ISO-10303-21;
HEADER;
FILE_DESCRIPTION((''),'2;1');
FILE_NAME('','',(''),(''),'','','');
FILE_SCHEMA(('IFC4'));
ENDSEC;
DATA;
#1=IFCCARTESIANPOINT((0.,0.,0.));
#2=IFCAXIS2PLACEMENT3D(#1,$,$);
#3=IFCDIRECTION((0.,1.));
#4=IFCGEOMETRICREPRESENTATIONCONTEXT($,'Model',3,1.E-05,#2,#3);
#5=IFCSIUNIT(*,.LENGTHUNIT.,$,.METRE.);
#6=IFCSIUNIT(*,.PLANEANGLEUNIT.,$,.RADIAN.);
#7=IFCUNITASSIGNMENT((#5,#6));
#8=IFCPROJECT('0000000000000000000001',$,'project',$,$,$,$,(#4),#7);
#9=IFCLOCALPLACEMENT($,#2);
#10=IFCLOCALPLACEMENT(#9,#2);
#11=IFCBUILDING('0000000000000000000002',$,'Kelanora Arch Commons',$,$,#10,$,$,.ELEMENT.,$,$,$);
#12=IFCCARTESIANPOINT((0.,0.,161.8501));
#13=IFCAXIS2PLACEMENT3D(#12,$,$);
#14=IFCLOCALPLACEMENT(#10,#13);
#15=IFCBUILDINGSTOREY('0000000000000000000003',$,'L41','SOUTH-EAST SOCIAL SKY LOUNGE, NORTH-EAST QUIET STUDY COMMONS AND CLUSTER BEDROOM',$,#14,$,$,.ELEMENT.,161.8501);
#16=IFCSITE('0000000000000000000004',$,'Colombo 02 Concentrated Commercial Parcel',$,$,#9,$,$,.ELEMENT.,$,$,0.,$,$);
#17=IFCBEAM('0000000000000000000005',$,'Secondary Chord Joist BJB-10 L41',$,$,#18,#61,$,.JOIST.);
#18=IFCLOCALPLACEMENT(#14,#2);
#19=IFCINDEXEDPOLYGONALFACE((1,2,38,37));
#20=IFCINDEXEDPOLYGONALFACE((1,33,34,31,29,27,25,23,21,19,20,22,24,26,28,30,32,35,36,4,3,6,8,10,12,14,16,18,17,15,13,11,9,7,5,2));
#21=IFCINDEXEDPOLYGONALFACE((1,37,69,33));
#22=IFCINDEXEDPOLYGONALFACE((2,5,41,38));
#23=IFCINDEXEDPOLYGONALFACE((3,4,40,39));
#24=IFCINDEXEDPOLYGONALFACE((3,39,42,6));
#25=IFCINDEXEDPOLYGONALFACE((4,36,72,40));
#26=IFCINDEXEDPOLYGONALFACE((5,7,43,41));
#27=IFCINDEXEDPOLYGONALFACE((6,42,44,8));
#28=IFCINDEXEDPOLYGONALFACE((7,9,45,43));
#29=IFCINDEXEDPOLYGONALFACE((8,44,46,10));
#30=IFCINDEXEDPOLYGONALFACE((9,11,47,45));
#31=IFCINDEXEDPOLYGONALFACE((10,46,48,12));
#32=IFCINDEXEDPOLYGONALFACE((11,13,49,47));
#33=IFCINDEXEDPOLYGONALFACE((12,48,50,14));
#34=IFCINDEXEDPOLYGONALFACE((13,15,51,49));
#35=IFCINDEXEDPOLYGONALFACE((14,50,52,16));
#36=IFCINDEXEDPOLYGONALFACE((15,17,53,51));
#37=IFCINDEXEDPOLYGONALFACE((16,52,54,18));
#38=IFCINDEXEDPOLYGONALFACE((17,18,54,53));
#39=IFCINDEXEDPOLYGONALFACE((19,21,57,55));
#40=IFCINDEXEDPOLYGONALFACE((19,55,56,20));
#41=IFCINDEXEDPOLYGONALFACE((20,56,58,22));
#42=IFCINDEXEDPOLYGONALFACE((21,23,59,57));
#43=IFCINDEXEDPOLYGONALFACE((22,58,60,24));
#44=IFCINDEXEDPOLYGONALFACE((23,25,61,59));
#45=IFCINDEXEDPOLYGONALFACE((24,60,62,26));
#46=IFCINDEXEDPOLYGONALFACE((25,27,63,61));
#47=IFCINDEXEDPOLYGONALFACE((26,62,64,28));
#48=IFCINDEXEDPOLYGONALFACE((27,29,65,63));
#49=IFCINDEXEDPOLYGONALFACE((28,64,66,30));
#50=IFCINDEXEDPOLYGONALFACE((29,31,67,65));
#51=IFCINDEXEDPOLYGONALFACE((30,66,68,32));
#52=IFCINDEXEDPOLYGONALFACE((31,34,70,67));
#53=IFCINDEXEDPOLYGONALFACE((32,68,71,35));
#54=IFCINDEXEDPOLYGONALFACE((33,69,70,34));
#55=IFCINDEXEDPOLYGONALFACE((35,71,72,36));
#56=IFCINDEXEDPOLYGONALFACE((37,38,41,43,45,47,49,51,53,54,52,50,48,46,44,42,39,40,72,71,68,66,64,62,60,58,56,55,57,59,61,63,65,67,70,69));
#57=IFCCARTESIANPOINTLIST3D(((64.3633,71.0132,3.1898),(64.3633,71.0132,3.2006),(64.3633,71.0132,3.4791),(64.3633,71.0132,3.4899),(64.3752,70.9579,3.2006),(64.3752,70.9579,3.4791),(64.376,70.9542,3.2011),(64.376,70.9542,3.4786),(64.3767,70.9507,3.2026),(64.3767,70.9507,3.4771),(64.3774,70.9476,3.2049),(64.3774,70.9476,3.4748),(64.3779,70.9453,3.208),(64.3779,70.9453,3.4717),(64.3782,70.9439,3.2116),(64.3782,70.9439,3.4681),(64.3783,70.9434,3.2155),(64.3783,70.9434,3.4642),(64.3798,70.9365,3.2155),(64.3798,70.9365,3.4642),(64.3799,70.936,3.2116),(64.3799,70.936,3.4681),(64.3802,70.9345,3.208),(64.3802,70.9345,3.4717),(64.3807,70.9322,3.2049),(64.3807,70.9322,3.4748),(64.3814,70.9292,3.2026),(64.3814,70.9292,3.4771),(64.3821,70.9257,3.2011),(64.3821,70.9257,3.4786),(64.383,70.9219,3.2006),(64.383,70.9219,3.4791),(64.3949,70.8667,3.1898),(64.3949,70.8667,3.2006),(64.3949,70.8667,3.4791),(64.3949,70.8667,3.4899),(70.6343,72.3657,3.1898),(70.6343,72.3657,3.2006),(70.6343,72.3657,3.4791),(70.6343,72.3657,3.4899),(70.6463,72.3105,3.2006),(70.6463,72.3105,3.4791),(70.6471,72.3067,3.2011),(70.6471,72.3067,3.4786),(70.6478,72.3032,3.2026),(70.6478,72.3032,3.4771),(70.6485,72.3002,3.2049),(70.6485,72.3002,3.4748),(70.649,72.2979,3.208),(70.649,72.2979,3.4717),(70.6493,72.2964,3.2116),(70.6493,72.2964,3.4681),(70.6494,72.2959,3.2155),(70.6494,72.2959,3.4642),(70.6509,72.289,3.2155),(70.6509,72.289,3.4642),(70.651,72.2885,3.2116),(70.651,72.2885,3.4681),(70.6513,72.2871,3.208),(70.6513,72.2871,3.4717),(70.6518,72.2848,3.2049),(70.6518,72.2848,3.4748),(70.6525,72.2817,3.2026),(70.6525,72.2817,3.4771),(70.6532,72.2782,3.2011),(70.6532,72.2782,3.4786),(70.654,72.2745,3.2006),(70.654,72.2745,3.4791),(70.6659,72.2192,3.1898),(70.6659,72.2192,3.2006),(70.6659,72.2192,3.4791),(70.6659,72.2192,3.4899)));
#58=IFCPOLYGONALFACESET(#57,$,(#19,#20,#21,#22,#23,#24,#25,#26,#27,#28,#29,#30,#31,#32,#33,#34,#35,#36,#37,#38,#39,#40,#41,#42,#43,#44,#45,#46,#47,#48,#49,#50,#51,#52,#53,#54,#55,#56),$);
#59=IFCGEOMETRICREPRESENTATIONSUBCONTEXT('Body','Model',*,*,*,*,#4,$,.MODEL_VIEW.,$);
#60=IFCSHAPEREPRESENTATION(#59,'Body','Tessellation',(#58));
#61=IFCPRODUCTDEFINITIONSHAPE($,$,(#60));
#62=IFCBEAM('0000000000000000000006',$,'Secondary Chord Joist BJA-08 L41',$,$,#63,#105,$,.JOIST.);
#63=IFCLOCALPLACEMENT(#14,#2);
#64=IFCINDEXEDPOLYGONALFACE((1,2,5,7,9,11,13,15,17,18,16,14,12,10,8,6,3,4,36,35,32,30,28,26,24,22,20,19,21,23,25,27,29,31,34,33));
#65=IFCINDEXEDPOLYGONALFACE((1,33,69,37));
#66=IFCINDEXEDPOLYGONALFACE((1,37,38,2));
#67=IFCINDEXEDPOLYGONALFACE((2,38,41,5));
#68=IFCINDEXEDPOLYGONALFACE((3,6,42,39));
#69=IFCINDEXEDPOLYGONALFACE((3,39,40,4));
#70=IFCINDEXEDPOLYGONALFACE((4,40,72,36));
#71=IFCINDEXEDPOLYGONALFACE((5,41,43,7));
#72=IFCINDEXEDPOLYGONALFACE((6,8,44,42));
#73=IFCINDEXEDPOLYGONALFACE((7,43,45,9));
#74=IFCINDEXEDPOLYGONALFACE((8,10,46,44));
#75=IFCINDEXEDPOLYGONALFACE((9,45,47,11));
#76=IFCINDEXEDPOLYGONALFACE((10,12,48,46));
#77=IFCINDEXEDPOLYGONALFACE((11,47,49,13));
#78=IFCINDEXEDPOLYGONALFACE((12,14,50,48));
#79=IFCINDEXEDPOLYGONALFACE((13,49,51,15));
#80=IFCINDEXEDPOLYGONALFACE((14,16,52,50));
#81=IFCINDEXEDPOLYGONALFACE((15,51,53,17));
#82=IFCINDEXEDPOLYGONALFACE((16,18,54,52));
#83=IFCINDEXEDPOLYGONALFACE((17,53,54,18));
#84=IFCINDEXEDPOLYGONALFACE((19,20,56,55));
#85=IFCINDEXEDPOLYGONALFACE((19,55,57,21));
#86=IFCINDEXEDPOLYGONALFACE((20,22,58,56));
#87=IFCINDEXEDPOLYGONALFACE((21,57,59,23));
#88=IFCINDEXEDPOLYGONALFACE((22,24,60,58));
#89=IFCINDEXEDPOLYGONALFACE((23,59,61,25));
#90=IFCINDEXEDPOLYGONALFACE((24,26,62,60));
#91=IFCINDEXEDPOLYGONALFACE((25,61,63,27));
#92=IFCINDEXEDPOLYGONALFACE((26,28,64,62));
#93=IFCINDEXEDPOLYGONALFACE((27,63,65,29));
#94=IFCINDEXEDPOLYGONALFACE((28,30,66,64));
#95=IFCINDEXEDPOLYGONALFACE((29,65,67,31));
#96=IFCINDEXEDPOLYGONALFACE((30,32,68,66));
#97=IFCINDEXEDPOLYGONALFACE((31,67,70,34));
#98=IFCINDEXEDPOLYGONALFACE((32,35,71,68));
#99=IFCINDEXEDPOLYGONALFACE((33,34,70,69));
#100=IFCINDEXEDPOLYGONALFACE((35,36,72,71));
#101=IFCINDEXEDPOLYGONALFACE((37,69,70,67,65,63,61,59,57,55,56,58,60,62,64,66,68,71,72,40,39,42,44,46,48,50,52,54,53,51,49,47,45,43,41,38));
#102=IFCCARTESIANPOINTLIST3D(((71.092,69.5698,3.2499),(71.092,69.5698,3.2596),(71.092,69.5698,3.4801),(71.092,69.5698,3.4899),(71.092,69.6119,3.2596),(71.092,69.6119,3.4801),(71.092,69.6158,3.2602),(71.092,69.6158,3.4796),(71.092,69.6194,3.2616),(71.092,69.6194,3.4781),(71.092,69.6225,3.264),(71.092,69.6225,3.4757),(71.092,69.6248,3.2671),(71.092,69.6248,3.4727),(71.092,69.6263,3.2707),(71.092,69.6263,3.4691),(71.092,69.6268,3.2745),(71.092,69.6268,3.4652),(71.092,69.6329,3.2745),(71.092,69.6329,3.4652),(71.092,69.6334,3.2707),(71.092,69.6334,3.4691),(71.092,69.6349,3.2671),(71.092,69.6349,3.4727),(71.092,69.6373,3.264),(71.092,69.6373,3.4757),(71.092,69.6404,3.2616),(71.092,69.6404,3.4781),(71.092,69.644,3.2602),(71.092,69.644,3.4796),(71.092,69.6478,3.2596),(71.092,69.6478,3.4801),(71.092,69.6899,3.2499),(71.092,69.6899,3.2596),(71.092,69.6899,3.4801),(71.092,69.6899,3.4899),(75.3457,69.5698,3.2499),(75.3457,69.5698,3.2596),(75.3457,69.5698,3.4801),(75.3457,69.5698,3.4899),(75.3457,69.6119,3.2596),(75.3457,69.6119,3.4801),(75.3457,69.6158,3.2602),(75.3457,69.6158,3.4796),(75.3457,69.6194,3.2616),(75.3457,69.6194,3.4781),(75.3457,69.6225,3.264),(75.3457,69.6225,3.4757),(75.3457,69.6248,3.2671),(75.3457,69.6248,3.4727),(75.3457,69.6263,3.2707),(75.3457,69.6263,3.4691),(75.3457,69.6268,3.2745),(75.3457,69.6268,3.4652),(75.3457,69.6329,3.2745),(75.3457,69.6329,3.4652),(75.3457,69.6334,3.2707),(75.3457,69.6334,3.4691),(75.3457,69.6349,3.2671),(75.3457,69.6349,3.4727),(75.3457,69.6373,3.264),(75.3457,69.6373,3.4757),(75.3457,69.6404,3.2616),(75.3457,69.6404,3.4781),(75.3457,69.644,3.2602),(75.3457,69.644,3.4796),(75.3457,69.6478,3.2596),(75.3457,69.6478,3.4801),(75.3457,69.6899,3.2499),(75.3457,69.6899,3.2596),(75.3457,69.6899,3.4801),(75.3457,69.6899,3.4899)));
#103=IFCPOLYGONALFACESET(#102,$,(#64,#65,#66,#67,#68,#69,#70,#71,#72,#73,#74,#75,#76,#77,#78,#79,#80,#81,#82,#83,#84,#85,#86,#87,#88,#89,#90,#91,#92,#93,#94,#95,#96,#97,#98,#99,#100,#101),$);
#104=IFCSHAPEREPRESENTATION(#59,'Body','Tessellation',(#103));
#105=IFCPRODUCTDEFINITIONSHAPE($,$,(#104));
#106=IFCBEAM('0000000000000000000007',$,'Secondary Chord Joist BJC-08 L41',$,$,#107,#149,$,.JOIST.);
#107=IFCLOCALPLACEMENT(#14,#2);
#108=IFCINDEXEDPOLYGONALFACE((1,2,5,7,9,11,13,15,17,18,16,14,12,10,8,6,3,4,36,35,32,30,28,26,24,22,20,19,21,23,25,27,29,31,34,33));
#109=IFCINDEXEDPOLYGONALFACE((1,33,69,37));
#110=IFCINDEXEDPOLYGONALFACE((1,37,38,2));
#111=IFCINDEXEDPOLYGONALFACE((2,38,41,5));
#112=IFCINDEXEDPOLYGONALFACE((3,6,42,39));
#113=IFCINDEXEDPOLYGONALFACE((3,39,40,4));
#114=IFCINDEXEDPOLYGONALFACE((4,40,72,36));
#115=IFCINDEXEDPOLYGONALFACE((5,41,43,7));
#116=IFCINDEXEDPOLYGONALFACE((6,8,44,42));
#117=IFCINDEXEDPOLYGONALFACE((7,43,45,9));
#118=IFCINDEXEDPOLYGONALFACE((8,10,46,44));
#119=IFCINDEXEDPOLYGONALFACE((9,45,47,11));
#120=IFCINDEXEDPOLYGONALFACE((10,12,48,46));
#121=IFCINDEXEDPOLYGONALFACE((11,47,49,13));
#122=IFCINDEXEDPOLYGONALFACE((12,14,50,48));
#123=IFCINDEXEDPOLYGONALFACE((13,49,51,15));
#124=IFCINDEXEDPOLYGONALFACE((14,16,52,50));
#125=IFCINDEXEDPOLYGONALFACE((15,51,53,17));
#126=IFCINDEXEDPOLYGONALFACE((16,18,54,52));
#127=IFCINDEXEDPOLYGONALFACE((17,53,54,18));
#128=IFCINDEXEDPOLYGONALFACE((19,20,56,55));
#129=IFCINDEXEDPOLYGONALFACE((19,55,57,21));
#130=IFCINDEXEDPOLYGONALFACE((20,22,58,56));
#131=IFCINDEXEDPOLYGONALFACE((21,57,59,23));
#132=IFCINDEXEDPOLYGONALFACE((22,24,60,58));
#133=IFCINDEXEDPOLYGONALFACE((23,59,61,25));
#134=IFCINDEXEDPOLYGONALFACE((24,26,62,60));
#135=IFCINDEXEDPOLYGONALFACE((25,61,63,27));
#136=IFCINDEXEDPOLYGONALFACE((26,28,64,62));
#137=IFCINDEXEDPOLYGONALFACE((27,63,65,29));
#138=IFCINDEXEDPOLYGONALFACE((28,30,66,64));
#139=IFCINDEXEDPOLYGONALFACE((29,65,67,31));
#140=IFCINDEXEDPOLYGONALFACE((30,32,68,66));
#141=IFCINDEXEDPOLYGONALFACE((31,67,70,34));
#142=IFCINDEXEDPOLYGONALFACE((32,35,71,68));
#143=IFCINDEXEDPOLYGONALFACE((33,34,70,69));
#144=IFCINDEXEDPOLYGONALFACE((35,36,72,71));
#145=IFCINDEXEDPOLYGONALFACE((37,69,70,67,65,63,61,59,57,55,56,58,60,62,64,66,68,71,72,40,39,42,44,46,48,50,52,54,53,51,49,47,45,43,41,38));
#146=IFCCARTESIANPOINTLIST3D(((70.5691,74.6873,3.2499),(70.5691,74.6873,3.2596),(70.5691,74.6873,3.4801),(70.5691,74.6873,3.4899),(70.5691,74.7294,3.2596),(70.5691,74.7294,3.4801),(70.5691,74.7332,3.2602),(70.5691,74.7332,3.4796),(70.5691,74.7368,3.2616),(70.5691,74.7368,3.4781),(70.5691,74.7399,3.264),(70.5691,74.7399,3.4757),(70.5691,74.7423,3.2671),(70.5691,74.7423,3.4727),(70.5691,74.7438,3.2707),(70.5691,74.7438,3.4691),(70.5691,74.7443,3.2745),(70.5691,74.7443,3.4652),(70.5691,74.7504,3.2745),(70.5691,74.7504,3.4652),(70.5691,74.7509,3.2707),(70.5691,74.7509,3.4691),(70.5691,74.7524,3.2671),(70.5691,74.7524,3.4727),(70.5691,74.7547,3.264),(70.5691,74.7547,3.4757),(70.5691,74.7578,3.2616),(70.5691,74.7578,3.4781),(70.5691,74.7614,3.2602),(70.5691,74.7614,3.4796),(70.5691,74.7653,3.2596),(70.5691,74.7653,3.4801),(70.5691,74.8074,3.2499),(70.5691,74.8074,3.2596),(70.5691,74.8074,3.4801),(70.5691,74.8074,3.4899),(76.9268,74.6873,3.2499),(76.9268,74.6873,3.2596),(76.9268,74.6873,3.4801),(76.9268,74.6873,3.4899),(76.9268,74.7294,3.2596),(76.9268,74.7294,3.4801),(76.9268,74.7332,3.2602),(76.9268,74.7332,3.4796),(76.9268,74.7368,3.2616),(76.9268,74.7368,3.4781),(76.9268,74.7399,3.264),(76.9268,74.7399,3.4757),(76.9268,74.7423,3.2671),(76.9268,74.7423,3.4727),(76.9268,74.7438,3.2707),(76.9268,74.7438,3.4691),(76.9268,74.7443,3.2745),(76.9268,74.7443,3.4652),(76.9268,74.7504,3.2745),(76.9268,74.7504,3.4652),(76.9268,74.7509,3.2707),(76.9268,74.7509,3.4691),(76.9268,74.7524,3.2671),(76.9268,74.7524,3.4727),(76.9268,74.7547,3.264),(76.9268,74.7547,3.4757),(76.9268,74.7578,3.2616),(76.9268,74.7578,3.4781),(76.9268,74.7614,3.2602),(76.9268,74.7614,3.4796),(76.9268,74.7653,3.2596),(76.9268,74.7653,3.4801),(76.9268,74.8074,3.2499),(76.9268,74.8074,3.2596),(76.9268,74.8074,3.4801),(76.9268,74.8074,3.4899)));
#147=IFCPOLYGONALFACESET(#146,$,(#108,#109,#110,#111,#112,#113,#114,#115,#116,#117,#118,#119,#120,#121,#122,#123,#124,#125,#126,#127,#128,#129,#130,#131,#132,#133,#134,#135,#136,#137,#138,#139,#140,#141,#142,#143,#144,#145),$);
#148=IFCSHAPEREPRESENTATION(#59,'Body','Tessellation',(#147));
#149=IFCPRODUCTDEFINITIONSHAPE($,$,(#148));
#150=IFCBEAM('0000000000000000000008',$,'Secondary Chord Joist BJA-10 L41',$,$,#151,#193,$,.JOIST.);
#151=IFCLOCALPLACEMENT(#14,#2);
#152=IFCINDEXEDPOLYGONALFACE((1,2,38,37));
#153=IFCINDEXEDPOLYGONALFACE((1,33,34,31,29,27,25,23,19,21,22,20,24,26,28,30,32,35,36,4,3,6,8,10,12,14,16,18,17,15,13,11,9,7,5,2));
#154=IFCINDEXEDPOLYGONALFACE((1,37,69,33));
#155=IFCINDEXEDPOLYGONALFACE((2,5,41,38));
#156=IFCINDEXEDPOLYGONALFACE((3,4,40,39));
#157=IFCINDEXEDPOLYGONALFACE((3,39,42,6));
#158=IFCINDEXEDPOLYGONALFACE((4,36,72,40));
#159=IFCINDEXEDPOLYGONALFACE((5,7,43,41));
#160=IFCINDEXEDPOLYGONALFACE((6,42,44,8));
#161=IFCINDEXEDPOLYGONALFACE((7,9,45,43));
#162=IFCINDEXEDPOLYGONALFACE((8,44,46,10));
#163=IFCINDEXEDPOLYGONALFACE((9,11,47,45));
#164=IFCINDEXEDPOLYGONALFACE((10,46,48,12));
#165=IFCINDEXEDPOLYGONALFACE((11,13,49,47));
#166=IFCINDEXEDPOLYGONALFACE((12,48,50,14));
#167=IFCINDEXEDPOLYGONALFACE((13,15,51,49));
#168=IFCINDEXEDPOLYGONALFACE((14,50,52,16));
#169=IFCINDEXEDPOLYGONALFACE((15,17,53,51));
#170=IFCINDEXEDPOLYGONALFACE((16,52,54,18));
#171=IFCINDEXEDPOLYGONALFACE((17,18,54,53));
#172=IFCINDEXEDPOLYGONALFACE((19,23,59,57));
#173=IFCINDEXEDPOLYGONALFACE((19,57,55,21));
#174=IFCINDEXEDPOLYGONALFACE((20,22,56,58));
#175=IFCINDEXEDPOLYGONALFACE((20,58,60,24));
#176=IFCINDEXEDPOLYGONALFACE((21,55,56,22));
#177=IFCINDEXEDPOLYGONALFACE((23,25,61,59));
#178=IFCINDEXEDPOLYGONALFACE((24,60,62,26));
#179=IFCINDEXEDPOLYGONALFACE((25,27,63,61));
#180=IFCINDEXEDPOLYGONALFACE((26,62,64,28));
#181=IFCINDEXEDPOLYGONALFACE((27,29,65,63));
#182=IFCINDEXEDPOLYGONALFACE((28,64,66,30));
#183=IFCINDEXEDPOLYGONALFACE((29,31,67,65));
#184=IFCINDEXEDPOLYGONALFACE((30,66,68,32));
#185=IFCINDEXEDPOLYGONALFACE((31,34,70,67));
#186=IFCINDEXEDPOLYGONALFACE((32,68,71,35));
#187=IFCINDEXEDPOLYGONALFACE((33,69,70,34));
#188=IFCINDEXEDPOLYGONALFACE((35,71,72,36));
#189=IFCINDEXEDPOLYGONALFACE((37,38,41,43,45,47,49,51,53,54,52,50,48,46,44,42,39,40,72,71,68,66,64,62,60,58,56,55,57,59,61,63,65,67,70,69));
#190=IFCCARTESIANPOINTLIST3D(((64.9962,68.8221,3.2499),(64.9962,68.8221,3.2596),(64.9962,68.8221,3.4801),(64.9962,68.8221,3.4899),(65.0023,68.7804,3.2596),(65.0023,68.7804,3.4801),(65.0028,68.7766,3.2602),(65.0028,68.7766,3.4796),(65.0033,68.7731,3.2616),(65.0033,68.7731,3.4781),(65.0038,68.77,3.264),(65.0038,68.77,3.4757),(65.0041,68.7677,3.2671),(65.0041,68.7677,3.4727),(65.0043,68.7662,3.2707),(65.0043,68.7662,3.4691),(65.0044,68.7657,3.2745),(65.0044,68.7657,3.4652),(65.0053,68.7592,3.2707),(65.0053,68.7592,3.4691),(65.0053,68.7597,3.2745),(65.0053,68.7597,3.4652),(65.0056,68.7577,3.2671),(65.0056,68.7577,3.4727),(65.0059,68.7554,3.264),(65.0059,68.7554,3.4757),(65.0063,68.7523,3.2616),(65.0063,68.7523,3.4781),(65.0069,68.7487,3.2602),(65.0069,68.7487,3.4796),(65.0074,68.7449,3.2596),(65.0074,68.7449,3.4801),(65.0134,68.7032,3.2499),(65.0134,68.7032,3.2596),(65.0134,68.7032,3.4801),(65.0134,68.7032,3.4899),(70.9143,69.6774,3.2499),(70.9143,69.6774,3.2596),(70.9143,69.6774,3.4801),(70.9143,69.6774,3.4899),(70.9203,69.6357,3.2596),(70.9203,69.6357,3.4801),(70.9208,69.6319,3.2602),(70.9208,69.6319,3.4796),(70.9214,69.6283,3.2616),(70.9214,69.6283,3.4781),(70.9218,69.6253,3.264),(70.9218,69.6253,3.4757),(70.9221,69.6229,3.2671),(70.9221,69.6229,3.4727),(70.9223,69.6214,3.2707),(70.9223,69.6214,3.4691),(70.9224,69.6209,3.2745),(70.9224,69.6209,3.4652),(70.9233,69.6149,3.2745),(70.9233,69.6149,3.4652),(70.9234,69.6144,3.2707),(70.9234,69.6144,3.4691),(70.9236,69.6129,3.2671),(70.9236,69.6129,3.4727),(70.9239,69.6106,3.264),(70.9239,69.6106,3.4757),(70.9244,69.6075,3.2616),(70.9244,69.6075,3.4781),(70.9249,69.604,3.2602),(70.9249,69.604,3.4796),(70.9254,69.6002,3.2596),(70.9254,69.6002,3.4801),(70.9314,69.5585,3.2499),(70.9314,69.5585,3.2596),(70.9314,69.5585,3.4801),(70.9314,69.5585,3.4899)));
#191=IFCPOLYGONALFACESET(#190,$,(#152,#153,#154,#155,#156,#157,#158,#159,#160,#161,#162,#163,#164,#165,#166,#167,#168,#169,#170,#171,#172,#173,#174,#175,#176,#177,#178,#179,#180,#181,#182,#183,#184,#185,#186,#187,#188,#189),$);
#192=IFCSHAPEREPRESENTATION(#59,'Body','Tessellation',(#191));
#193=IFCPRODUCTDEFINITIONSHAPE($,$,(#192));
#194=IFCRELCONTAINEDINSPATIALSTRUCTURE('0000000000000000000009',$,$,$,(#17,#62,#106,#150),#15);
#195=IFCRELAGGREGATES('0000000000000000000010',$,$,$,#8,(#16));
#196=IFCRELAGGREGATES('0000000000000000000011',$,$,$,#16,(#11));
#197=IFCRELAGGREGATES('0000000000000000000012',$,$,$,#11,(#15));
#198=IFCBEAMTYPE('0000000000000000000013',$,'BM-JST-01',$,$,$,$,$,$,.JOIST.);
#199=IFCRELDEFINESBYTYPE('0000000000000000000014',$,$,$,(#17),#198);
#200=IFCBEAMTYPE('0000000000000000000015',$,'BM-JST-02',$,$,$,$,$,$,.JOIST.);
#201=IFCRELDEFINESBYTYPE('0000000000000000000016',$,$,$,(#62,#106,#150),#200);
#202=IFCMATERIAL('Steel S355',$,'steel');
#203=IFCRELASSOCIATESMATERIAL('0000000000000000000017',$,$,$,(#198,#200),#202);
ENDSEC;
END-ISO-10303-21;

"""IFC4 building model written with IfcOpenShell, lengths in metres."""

from ifc_helpers import new_model, si_unit, direction, frame, origin, origin_2d, place, context, subcontext, project, spatial, i_section, extrude, material, material_profile, profile_set, type_object, element, save


model = new_model("IFC4")

# Units and contexts
model_context = context("Model", 3, precision=1e-05, world=origin(), true_north=direction((0.0, 1.0)))
body_context = subcontext(model_context, "Body", "Model", "MODEL_VIEW")
ifc_project = project(units=[si_unit("LENGTHUNIT", "METRE"), si_unit("PLANEANGLEUNIT", "RADIAN")], contexts=[model_context])

# Site, building, storey
site_placement = place(None, origin())
site = spatial("IfcSite", under=ifc_project, at=site_placement, Name="Colombo 02 Concentrated Commercial Parcel", CompositionType="ELEMENT", RefElevation=0.0)
building_placement = place(site_placement, origin())
building = spatial("IfcBuilding", under=site, at=building_placement, Name="Kelanora Arch Commons", CompositionType="ELEMENT")
storey_placement = place(building_placement, frame((0.0, 0.0, 161.8501)))
storey = spatial("IfcBuildingStorey", under=building, at=storey_placement, Name="L41", Description="SOUTH-EAST SOCIAL SKY LOUNGE, NORTH-EAST QUIET STUDY COMMONS AND CLUSTER BEDROOM", CompositionType="ELEMENT", Elevation=161.8501)

# Beams
ifc_material_1 = material(Name="Steel S355", Category="steel")
ifc_material_profile_1 = material_profile(ifc_material_1, i_section(OverallWidth=0.1499, OverallDepth=0.3, WebThickness=0.0071, FlangeThickness=0.0107, FilletRadius=0.0149, at=origin_2d()), Name="IPE300")
ifc_profile_set_1 = profile_set([ifc_material_profile_1], Name="Steel S355")
beam_type_1 = type_object("IfcBeamType", Name="BM-JST-01", PredefinedType="JOIST", material=ifc_profile_set_1)
beam_1_placement = place(storey_placement, frame((70.6501, 72.2925, 3.3398), z_axis=(-0.977522, -0.210834, 0.0), x_axis=(0.210834, -0.977522, 0.0)))
element("IfcBeam", 1, at=beam_1_placement, inside=storey, type_object=beam_type_1, Name="Secondary Chord Joist BJB-10 L41", PredefinedType="JOIST", context=body_context, shape_type="SweptSolid", body=[
    extrude(i_section(OverallWidth=0.1499, OverallDepth=0.3, WebThickness=0.0071, FlangeThickness=0.0107, FilletRadius=0.0149, at=origin_2d()), origin(), (0.0, 0.0, 1.0), 6.4153),
])
ifc_material_profile_2 = material_profile(ifc_material_1, i_section(OverallWidth=0.1201, OverallDepth=0.24, WebThickness=0.0061, FlangeThickness=0.0098, FilletRadius=0.0149, at=origin_2d()), Name="IPE240")
ifc_profile_set_2 = profile_set([ifc_material_profile_2], Name="Steel S355")
beam_type_2 = type_object("IfcBeamType", Name="BM-JST-02", PredefinedType="JOIST", material=ifc_profile_set_2)
beam_2_placement = place(storey_placement, frame((75.3457, 69.6299, 3.3699), z_axis=(-1.0, 0.0, 0.0), x_axis=(0.0, -1.0, 0.0)))
element("IfcBeam", 2, at=beam_2_placement, inside=storey, type_object=beam_type_2, Name="Secondary Chord Joist BJA-08 L41", PredefinedType="JOIST", context=body_context, shape_type="SweptSolid", body=[
    extrude(i_section(OverallWidth=0.1201, OverallDepth=0.24, WebThickness=0.0061, FlangeThickness=0.0098, FilletRadius=0.0149, at=origin_2d()), origin(), (0.0, 0.0, 1.0), 4.2537),
])
beam_3_placement = place(storey_placement, frame((76.9268, 74.7473, 3.3699), z_axis=(-1.0, 0.0, 0.0), x_axis=(0.0, -1.0, 0.0)))
element("IfcBeam", 3, at=beam_3_placement, inside=storey, type_object=beam_type_2, Name="Secondary Chord Joist BJC-08 L41", PredefinedType="JOIST", context=body_context, shape_type="SweptSolid", body=[
    extrude(i_section(OverallWidth=0.1201, OverallDepth=0.24, WebThickness=0.0061, FlangeThickness=0.0098, FilletRadius=0.0149, at=origin_2d()), origin(), (0.0, 0.0, 1.0), 6.3577),
])
beam_4_placement = place(storey_placement, frame((70.9229, 69.6179, 3.3699), z_axis=(-0.989719, -0.143027, 0.0), x_axis=(0.143027, -0.989719, 0.0)))
element("IfcBeam", 4, at=beam_4_placement, inside=storey, type_object=beam_type_2, Name="Secondary Chord Joist BJA-10 L41", PredefinedType="JOIST", context=body_context, shape_type="SweptSolid", body=[
    extrude(i_section(OverallWidth=0.1201, OverallDepth=0.24, WebThickness=0.0061, FlangeThickness=0.0098, FilletRadius=0.0149, at=origin_2d()), origin(), (0.0, 0.0, 1.0), 5.9795),
])

save(model, "model.ifc")
